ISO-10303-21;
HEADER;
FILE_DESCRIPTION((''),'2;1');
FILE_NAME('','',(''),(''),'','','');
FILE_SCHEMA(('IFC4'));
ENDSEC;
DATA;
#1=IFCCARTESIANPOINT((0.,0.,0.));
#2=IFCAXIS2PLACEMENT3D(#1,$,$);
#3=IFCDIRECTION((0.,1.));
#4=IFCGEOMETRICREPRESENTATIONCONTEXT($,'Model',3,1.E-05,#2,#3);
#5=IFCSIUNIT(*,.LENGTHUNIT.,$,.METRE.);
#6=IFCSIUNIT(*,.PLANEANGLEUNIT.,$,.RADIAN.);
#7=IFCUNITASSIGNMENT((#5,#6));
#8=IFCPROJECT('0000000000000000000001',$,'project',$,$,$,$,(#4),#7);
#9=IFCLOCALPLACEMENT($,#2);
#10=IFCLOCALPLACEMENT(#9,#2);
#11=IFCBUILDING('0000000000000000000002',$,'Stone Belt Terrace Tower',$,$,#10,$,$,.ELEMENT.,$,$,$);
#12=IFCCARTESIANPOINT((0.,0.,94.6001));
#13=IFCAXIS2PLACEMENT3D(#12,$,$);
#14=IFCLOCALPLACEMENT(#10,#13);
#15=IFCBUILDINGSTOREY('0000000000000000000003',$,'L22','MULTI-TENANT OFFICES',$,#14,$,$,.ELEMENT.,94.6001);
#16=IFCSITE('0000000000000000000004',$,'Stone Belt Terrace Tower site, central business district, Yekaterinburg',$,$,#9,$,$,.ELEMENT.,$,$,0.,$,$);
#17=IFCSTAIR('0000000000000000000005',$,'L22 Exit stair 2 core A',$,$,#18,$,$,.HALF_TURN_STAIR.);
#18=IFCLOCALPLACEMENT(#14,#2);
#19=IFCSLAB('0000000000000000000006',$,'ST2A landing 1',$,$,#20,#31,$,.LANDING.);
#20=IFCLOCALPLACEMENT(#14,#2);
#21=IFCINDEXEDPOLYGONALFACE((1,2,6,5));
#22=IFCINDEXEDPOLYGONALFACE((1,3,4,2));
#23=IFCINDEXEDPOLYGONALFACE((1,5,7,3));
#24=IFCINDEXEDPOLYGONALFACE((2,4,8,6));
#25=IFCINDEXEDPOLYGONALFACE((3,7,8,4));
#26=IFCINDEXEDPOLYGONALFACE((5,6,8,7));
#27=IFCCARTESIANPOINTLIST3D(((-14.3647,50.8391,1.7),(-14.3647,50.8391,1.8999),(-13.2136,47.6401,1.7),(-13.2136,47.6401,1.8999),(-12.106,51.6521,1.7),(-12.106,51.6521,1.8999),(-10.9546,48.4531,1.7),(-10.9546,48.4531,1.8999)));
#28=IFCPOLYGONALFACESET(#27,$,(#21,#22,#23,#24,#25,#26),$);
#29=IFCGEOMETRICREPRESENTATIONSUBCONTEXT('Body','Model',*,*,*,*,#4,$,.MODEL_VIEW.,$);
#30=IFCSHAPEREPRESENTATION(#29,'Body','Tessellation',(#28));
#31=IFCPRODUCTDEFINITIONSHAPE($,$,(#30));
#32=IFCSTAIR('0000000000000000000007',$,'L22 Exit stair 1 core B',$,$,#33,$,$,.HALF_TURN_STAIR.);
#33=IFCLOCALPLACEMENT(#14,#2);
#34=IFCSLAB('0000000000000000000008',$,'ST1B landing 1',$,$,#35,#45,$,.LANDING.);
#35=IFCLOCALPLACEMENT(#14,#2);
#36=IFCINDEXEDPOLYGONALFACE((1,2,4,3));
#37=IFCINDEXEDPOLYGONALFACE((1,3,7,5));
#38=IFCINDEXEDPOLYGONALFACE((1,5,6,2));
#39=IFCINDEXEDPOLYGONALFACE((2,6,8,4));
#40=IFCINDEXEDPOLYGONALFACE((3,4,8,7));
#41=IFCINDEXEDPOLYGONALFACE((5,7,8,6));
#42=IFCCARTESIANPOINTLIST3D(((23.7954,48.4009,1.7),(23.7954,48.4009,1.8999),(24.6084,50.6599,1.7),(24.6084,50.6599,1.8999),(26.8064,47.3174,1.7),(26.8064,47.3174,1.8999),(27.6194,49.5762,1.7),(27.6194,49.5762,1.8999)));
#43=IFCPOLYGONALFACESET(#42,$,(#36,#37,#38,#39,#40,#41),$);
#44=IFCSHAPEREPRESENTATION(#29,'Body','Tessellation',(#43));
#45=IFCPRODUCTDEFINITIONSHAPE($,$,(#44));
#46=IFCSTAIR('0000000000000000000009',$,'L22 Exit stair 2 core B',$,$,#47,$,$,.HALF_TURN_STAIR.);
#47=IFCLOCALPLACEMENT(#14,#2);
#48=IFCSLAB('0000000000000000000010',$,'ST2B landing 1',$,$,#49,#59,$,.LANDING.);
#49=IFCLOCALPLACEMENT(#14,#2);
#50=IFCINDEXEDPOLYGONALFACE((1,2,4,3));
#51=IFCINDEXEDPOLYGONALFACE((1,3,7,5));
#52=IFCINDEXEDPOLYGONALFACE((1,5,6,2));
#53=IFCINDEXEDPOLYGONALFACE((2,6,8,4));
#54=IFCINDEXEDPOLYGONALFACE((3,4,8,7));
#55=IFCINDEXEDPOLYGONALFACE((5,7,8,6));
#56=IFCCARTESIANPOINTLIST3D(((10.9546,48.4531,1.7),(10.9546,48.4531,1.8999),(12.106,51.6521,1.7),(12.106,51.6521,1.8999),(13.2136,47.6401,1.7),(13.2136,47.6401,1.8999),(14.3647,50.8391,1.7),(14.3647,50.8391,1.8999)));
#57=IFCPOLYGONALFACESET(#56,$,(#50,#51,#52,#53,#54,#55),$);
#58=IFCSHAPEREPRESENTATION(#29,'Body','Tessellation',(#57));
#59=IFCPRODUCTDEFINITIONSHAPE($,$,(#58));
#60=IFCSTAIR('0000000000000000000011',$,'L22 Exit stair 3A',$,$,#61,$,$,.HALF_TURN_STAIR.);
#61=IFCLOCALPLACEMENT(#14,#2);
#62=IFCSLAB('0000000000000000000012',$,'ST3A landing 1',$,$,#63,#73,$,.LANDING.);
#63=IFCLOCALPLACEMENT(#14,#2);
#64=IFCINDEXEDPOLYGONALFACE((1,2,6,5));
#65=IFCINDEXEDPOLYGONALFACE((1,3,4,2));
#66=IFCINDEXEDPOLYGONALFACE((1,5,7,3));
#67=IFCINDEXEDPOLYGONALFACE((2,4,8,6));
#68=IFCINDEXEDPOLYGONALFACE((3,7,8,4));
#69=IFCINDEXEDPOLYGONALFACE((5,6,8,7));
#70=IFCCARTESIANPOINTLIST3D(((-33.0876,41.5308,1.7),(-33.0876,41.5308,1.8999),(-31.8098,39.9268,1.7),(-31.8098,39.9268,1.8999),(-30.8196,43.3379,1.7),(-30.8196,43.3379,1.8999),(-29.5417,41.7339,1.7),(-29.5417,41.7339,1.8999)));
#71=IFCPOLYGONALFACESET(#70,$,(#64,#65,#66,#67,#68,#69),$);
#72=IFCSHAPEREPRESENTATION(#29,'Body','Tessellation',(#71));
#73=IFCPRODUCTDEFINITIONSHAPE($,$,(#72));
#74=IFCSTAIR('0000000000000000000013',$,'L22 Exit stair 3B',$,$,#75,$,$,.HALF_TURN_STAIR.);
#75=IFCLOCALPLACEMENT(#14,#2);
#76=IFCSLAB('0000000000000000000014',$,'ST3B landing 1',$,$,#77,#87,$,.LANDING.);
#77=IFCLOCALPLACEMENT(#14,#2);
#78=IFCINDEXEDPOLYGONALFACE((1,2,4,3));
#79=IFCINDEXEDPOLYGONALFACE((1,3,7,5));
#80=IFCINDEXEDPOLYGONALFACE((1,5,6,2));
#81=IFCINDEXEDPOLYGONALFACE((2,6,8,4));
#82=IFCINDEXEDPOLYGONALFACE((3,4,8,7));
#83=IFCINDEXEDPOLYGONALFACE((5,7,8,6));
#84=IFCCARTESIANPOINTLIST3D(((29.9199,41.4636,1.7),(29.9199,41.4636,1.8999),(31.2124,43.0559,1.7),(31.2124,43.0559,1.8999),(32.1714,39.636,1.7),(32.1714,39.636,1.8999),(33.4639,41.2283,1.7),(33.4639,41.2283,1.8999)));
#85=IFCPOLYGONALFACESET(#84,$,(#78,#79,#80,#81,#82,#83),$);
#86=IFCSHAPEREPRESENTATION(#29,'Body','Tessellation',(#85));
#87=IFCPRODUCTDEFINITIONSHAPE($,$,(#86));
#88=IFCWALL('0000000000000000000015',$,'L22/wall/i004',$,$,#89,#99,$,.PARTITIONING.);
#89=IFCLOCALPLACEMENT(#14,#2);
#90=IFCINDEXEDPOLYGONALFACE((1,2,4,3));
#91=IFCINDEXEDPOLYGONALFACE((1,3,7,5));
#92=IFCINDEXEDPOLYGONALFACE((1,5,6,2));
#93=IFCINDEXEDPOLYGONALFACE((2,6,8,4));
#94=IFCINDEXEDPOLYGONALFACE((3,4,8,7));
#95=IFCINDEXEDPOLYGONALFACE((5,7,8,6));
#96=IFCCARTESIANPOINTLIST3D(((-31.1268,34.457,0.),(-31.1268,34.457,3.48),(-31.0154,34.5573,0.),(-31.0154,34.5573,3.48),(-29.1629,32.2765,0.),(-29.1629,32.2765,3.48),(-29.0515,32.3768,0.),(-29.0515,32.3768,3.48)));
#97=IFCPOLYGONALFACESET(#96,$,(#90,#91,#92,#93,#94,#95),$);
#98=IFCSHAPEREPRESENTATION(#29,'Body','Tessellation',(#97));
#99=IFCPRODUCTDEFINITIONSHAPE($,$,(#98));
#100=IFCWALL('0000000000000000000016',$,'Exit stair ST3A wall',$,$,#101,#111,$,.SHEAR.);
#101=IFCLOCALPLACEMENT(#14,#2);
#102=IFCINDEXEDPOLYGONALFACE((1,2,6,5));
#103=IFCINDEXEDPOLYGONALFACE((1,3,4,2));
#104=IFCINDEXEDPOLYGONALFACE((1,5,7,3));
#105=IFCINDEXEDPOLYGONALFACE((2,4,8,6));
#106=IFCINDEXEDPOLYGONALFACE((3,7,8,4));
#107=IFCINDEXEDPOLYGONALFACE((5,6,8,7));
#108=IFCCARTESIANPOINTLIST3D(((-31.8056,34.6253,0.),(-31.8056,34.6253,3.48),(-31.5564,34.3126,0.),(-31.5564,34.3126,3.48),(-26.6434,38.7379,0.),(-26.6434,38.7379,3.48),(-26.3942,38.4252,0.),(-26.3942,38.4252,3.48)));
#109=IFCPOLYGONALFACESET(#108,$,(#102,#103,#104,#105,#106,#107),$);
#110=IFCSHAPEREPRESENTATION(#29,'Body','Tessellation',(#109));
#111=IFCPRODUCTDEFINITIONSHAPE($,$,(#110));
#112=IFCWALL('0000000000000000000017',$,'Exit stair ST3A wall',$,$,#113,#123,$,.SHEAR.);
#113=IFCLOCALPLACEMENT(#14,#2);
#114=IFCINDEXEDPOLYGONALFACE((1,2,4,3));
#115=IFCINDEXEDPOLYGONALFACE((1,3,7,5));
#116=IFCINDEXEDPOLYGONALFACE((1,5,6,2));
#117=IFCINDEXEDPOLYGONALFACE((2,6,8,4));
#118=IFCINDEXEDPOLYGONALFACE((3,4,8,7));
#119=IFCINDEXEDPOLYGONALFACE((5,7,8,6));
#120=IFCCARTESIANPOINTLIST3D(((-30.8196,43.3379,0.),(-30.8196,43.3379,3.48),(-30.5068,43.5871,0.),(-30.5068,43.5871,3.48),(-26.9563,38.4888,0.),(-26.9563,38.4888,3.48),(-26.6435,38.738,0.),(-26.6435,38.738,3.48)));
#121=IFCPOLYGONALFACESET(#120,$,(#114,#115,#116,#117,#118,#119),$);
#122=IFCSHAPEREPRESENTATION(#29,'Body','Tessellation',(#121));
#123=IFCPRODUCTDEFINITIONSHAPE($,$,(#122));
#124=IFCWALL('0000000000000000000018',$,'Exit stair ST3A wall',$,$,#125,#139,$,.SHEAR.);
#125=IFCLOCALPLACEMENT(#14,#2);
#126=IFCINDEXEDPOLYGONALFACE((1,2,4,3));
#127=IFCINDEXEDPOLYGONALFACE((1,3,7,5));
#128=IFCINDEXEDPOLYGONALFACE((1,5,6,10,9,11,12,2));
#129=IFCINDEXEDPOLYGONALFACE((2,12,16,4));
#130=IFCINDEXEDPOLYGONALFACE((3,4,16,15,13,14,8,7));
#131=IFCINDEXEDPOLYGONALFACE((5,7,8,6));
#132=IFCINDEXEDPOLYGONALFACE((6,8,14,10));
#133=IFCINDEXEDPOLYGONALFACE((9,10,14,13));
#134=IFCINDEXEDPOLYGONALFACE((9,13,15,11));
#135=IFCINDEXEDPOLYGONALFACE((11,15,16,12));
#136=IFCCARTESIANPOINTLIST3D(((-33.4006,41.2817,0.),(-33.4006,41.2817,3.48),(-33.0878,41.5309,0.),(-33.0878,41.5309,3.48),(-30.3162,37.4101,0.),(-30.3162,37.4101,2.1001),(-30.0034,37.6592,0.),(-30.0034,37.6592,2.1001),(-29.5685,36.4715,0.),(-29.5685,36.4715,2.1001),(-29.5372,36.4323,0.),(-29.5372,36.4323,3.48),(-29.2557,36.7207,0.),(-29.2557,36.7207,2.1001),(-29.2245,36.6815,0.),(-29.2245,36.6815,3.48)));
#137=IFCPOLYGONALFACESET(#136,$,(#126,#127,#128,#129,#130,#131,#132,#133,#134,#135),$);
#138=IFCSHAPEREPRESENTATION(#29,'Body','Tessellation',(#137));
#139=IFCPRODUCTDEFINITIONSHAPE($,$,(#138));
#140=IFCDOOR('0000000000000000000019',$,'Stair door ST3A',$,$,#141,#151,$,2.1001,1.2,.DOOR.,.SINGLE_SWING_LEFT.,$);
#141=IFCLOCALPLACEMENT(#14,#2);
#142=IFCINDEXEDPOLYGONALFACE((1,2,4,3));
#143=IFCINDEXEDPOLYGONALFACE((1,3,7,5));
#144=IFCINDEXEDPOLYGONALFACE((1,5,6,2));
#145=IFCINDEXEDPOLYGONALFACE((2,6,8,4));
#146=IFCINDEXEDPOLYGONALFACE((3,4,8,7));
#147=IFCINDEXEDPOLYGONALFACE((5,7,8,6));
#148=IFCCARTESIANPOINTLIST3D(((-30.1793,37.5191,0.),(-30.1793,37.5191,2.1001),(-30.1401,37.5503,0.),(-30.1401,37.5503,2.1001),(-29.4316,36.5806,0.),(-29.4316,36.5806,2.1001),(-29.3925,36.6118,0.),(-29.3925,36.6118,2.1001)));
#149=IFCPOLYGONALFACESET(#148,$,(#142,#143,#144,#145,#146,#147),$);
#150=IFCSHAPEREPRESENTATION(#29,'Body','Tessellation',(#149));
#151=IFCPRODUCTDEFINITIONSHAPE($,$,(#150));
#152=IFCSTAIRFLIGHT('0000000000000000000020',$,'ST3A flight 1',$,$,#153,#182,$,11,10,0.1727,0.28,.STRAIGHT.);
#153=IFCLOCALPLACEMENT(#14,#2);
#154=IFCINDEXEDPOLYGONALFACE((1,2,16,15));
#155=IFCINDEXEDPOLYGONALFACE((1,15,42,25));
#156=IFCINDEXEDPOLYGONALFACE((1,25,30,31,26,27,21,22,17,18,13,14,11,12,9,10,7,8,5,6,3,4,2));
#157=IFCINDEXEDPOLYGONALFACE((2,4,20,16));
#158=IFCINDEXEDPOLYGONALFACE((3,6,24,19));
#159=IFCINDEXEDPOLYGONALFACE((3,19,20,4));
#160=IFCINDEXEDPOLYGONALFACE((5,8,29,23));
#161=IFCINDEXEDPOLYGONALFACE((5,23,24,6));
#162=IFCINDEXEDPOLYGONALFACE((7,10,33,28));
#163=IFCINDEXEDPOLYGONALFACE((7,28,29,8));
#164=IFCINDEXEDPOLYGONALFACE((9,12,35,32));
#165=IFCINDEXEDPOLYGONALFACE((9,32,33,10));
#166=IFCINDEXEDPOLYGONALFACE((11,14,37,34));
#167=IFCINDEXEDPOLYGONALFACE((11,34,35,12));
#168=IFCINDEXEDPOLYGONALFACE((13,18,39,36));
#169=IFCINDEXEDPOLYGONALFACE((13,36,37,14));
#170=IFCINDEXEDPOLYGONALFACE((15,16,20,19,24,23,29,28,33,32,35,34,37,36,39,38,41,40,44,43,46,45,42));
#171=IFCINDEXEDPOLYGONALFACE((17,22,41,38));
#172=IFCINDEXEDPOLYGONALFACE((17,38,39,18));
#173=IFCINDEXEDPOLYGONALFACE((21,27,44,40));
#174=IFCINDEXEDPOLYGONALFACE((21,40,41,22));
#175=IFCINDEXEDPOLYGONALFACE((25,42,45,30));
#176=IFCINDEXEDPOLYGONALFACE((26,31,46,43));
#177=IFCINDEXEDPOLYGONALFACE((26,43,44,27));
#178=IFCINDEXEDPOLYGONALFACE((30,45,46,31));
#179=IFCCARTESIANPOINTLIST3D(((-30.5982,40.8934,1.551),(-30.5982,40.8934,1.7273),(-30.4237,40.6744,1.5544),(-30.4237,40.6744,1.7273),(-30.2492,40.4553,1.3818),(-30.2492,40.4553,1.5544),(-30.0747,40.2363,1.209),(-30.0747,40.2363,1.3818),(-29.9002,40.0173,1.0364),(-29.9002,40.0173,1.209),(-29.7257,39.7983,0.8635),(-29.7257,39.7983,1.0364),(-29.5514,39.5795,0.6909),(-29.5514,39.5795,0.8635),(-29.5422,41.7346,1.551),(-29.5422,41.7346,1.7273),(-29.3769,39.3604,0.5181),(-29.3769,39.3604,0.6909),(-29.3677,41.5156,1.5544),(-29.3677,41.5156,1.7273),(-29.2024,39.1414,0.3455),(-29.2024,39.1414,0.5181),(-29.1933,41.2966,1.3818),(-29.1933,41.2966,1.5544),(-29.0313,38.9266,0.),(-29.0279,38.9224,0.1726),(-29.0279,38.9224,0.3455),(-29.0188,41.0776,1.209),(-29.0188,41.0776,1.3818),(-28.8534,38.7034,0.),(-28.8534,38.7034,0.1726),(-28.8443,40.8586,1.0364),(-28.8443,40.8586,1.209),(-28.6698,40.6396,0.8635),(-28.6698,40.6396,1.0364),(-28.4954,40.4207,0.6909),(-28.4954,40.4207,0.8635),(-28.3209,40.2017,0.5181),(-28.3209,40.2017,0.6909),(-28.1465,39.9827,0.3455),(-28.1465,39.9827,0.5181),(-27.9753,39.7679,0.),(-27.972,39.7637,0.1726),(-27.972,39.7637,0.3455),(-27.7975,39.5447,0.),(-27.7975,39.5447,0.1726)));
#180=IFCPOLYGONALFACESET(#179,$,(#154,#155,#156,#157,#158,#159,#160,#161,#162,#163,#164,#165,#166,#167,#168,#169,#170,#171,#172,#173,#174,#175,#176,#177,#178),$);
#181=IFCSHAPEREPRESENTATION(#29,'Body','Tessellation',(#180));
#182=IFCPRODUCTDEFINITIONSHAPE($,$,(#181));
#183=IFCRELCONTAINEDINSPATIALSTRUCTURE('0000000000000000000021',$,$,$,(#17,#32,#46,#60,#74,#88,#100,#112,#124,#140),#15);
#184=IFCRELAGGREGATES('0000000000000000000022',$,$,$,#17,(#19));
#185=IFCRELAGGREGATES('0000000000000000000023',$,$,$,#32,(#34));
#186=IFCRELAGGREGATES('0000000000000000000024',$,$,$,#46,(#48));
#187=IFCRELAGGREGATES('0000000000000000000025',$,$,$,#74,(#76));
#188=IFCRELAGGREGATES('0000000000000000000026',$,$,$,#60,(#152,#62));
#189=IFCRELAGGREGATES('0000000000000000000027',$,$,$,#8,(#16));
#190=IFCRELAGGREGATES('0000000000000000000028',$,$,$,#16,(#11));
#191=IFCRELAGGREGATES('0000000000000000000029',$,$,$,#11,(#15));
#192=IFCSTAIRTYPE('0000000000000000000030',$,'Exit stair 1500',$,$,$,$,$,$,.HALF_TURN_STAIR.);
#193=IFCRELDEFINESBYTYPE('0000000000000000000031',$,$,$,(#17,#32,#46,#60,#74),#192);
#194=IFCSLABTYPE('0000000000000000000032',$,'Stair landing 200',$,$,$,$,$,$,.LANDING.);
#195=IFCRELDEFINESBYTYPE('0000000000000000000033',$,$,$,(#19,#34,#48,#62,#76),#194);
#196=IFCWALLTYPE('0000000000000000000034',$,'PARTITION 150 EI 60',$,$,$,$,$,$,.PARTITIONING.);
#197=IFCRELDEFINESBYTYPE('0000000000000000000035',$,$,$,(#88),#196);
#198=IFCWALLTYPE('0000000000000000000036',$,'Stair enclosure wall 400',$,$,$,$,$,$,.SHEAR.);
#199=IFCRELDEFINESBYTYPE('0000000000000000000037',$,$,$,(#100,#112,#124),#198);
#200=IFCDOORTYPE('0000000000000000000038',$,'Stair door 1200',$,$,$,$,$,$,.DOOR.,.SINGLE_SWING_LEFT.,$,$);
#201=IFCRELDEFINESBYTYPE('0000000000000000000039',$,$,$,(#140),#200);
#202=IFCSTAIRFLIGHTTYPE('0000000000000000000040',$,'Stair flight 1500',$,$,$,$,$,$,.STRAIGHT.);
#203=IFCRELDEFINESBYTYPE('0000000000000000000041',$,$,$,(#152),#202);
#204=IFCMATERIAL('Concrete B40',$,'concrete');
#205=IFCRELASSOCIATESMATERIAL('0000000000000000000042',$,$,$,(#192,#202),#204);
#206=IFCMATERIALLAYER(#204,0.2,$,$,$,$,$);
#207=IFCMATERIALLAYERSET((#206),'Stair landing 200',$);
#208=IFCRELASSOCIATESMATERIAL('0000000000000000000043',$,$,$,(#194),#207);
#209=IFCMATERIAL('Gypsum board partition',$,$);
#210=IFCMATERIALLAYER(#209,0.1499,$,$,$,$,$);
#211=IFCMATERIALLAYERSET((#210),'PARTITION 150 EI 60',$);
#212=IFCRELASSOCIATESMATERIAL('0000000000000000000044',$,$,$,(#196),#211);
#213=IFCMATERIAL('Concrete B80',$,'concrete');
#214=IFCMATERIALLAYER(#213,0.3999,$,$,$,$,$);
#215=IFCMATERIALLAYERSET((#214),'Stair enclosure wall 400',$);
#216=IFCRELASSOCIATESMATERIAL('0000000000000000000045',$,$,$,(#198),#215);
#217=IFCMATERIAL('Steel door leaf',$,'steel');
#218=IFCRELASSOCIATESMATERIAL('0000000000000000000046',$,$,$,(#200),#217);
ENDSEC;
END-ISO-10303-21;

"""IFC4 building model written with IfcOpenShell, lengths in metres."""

from ifc_helpers import new_model, si_unit, direction, frame, frame_2d, origin, place, context, subcontext, project, spatial, polyline, rectangle, outline, extrude, material, layer, layer_set, type_object, element, fill, aggregate, save


model = new_model("IFC4")

# Units and contexts
model_context = context("Model", 3, precision=1e-05, world=origin(), true_north=direction((0.0, 1.0)))
body_context = subcontext(model_context, "Body", "Model", "MODEL_VIEW")
ifc_project = project(units=[si_unit("LENGTHUNIT", "METRE"), si_unit("PLANEANGLEUNIT", "RADIAN")], contexts=[model_context])

# Site, building, storey
site_placement = place(None, origin())
site = spatial("IfcSite", under=ifc_project, at=site_placement, Name="Stone Belt Terrace Tower site, central business district, Yekaterinburg", CompositionType="ELEMENT", RefElevation=0.0)
building_placement = place(site_placement, origin())
building = spatial("IfcBuilding", under=site, at=building_placement, Name="Stone Belt Terrace Tower", CompositionType="ELEMENT")
storey_placement = place(building_placement, frame((0.0, 0.0, 94.6001)))
storey = spatial("IfcBuildingStorey", under=building, at=storey_placement, Name="L22", Description="MULTI-TENANT OFFICES", CompositionType="ELEMENT", Elevation=94.6001)

# Shared definitions
ifc_material_1 = material(Name="Concrete B80", Category="concrete")

# Shared definitions
ifc_material_2 = material(Name="Concrete B40", Category="concrete")

# Stairs, slabs
stair_type = type_object("IfcStairType", Name="Exit stair 1500", PredefinedType="HALF_TURN_STAIR", material=ifc_material_2)
ifc_layer_1 = layer(ifc_material_2, 0.2)
ifc_layer_set_1 = layer_set([ifc_layer_1], Name="Stair landing 200")
slab_type_1 = type_object("IfcSlabType", Name="Stair landing 200", PredefinedType="LANDING", material=ifc_layer_set_1)
stair_1_placement = place(storey_placement, origin())
stair_1 = element("IfcStair", 1, at=stair_1_placement, inside=storey, type_object=stair_type, Name="L22 Exit stair 2 core A", PredefinedType="HALF_TURN_STAIR")
slab_1_placement = place(storey_placement, frame((0.0, 0.0, 1.7)))
slab_1 = element("IfcSlab", 2, at=slab_1_placement, type_object=slab_type_1, Name="ST2A landing 1", PredefinedType="LANDING", context=body_context, shape_type="SweptSolid", body=[
    extrude(outline(polyline([(-13.2136, 47.6401), (-10.9546, 48.4531), (-12.106, 51.6521), (-14.3647, 50.8391), (-13.2136, 47.6401)])), origin(), (0.0, 0.0, 1.0), 0.2),
])
aggregate(stair_1, [slab_1])
stair_2_placement = place(storey_placement, origin())
stair_2 = element("IfcStair", 3, at=stair_2_placement, inside=storey, type_object=stair_type, Name="L22 Exit stair 1 core B", PredefinedType="HALF_TURN_STAIR")
slab_2_placement = place(storey_placement, frame((0.0, 0.0, 1.7)))
slab_2 = element("IfcSlab", 4, at=slab_2_placement, type_object=slab_type_1, Name="ST1B landing 1", PredefinedType="LANDING", context=body_context, shape_type="SweptSolid", body=[
    extrude(outline(polyline([(26.8064, 47.3174), (27.6194, 49.5762), (24.6084, 50.6599), (23.7954, 48.4009), (26.8064, 47.3174)])), origin(), (0.0, 0.0, 1.0), 0.2),
])
aggregate(stair_2, [slab_2])
stair_3_placement = place(storey_placement, origin())
stair_3 = element("IfcStair", 5, at=stair_3_placement, inside=storey, type_object=stair_type, Name="L22 Exit stair 2 core B", PredefinedType="HALF_TURN_STAIR")
slab_3_placement = place(storey_placement, frame((0.0, 0.0, 1.7)))
slab_3 = element("IfcSlab", 6, at=slab_3_placement, type_object=slab_type_1, Name="ST2B landing 1", PredefinedType="LANDING", context=body_context, shape_type="SweptSolid", body=[
    extrude(outline(polyline([(14.3647, 50.8391), (12.106, 51.6521), (10.9546, 48.4531), (13.2136, 47.6401), (14.3647, 50.8391)])), origin(), (0.0, 0.0, 1.0), 0.2),
])
aggregate(stair_3, [slab_3])
stair_4_placement = place(storey_placement, origin())
stair_4 = element("IfcStair", 7, at=stair_4_placement, inside=storey, type_object=stair_type, Name="L22 Exit stair 3A", PredefinedType="HALF_TURN_STAIR")
slab_4_placement = place(storey_placement, frame((0.0, 0.0, 1.7)))
slab_4 = element("IfcSlab", 8, at=slab_4_placement, type_object=slab_type_1, Name="ST3A landing 1", PredefinedType="LANDING", context=body_context, shape_type="SweptSolid", body=[
    extrude(outline(polyline([(-29.5417, 41.7339), (-30.8196, 43.3379), (-33.0876, 41.5308), (-31.8098, 39.9268), (-29.5417, 41.7339)])), origin(), (0.0, 0.0, 1.0), 0.2),
])
stair_5_placement = place(storey_placement, origin())
stair_5 = element("IfcStair", 9, at=stair_5_placement, inside=storey, type_object=stair_type, Name="L22 Exit stair 3B", PredefinedType="HALF_TURN_STAIR")
slab_5_placement = place(storey_placement, frame((0.0, 0.0, 1.7)))
slab_5 = element("IfcSlab", 10, at=slab_5_placement, type_object=slab_type_1, Name="ST3B landing 1", PredefinedType="LANDING", context=body_context, shape_type="SweptSolid", body=[
    extrude(outline(polyline([(32.1714, 39.636), (33.4639, 41.2283), (31.2124, 43.0559), (29.9199, 41.4636), (32.1714, 39.636)])), origin(), (0.0, 0.0, 1.0), 0.2),
])
aggregate(stair_5, [slab_5])

# Walls
ifc_material_3 = material(Name="Gypsum board partition")
ifc_layer_2 = layer(ifc_material_3, 0.1499)
ifc_layer_set_2 = layer_set([ifc_layer_2], Name="PARTITION 150 EI 60")
wall_type_1 = type_object("IfcWallType", Name="PARTITION 150 EI 60", PredefinedType="PARTITIONING", material=ifc_layer_set_2)
wall_1_placement = place(storey_placement, frame((-29.1072, 32.3267, 0.0), z_axis=(0.0, 0.0, 1.0), x_axis=(-0.669245, 0.743042, 0.0)))
element("IfcWall", 11, at=wall_1_placement, inside=storey, type_object=wall_type_1, Name="L22/wall/i004", PredefinedType="PARTITIONING", context=body_context, shape_type="SweptSolid", body=[
    extrude(rectangle(XDim=2.9346, YDim=0.1499, at=frame_2d((1.4673, 0.0))), origin(), (0.0, 0.0, 1.0), 3.48),
])
ifc_layer_3 = layer(ifc_material_1, 0.3999)
ifc_layer_set_3 = layer_set([ifc_layer_3], Name="Stair enclosure wall 400")
wall_type_2 = type_object("IfcWallType", Name="Stair enclosure wall 400", PredefinedType="SHEAR", material=ifc_layer_set_3)
wall_2_placement = place(storey_placement, frame((-26.5188, 38.5815, 0.0), z_axis=(0.0, 0.0, 1.0), x_axis=(-0.782134, -0.62311, 0.0)))
element("IfcWall", 12, at=wall_2_placement, inside=storey, type_object=wall_type_2, Name="Exit stair ST3A wall", PredefinedType="SHEAR", context=body_context, shape_type="SweptSolid", body=[
    extrude(rectangle(XDim=6.6001, YDim=0.3999, at=frame_2d((3.3, 0.0))), origin(), (0.0, 0.0, 1.0), 3.48),
])
wall_3_placement = place(storey_placement, frame((-26.7998, 38.6133, 0.0), z_axis=(0.0, 0.0, 1.0), x_axis=(-0.623119, 0.782127, 0.0)))
element("IfcWall", 13, at=wall_3_placement, inside=storey, type_object=wall_type_2, Name="Exit stair ST3A wall", PredefinedType="SHEAR", context=body_context, shape_type="SweptSolid", body=[
    extrude(rectangle(XDim=6.2, YDim=0.3999, at=frame_2d((3.1001, 0.0))), origin(), (0.0, 0.0, 1.0), 3.48),
])

# Wall, opening, door
wall_4_placement = place(storey_placement, frame((-29.3809, 36.5569, 0.0), z_axis=(0.0, 0.0, 1.0), x_axis=(-0.623099, 0.782143, 0.0)))
wall_4 = element("IfcWall", 14, at=wall_4_placement, inside=storey, type_object=wall_type_2, Name="Exit stair ST3A wall", PredefinedType="SHEAR", context=body_context, shape_type="SweptSolid", body=[
    extrude(rectangle(XDim=6.2002, YDim=0.3999, at=frame_2d((3.1001, 0.0))), origin(), (0.0, 0.0, 1.0), 3.48),
])
opening_placement = place(wall_4_placement, frame((0.05, 0.0, 0.0)))
opening = element("IfcOpeningElement", 15, at=opening_placement, cuts=wall_4, PredefinedType="OPENING", context=body_context, shape_type="SweptSolid", body=[
    extrude(rectangle(XDim=1.2, YDim=2.1001, at=frame_2d((0.6001, 1.05))), frame((0.0, 0.21, 0.0), z_axis=(0.0, -1.0, 0.0), x_axis=(1.0, 0.0, 0.0)), (0.0, 0.0, 1.0), 0.4199),
])
ifc_material_4 = material(Name="Steel door leaf", Category="steel")
door_type = type_object("IfcDoorType", Name="Stair door 1200", OperationType="SINGLE_SWING_LEFT", PredefinedType="DOOR", material=ifc_material_4)
door_placement = place(opening_placement, origin())
door = element("IfcDoor", 16, at=door_placement, inside=storey, type_object=door_type, Name="Stair door ST3A", OperationType="SINGLE_SWING_LEFT", OverallHeight=2.1001, OverallWidth=1.2, PredefinedType="DOOR", context=body_context, shape_type="SweptSolid", body=[
    extrude(rectangle(XDim=1.2, YDim=2.1001, at=frame_2d((0.6001, 1.05))), frame((0.0, 0.0249, 0.0), z_axis=(0.0, -1.0, 0.0), x_axis=(1.0, 0.0, 0.0)), (0.0, 0.0, 1.0), 0.05),
])
fill(opening, door)

# Stair flight
stair_flight_type = type_object("IfcStairFlightType", Name="Stair flight 1500", PredefinedType="STRAIGHT", material=ifc_material_2)
stair_flight_placement = place(storey_placement, frame((-28.3254, 39.124, 0.0), z_axis=(0.0, 0.0, 1.0), x_axis=(-0.623121, 0.782125, 0.0)))
stair_flight = element("IfcStairFlight", 17, at=stair_flight_placement, type_object=stair_flight_type, Name="ST3A flight 1", NumberOfRisers=11, NumberOfTreads=10, PredefinedType="STRAIGHT", RiserHeight=0.1727, TreadLength=0.28, context=body_context, shape_type="SweptSolid", body=[
    extrude(outline(polyline([(0.0, 0.0), (0.0, 0.1726), (0.28, 0.1726), (0.28, 0.3455), (0.5601, 0.3455), (0.5601, 0.5181), (0.8401, 0.5181), (0.8401, 0.6909), (1.1201, 0.6909), (1.1201, 0.8635), (1.3999, 0.8635), (1.3999, 1.0364), (1.6799, 1.0364), (1.6799, 1.209), (1.96, 1.209), (1.96, 1.3818), (2.24, 1.3818), (2.24, 1.5544), (2.52, 1.5544), (2.52, 1.7273), (2.8, 1.7273), (2.8, 1.8999), (2.8, 1.551), (0.2854, 0.0), (0.0, 0.0)])), frame((0.0, 0.675, 0.0), z_axis=(0.0, -1.0, 0.0), x_axis=(1.0, 0.0, 0.0)), (0.0, 0.0, 1.0), 1.3501),
])
aggregate(stair_4, [stair_flight, slab_4])

save(model, "model.ifc")
